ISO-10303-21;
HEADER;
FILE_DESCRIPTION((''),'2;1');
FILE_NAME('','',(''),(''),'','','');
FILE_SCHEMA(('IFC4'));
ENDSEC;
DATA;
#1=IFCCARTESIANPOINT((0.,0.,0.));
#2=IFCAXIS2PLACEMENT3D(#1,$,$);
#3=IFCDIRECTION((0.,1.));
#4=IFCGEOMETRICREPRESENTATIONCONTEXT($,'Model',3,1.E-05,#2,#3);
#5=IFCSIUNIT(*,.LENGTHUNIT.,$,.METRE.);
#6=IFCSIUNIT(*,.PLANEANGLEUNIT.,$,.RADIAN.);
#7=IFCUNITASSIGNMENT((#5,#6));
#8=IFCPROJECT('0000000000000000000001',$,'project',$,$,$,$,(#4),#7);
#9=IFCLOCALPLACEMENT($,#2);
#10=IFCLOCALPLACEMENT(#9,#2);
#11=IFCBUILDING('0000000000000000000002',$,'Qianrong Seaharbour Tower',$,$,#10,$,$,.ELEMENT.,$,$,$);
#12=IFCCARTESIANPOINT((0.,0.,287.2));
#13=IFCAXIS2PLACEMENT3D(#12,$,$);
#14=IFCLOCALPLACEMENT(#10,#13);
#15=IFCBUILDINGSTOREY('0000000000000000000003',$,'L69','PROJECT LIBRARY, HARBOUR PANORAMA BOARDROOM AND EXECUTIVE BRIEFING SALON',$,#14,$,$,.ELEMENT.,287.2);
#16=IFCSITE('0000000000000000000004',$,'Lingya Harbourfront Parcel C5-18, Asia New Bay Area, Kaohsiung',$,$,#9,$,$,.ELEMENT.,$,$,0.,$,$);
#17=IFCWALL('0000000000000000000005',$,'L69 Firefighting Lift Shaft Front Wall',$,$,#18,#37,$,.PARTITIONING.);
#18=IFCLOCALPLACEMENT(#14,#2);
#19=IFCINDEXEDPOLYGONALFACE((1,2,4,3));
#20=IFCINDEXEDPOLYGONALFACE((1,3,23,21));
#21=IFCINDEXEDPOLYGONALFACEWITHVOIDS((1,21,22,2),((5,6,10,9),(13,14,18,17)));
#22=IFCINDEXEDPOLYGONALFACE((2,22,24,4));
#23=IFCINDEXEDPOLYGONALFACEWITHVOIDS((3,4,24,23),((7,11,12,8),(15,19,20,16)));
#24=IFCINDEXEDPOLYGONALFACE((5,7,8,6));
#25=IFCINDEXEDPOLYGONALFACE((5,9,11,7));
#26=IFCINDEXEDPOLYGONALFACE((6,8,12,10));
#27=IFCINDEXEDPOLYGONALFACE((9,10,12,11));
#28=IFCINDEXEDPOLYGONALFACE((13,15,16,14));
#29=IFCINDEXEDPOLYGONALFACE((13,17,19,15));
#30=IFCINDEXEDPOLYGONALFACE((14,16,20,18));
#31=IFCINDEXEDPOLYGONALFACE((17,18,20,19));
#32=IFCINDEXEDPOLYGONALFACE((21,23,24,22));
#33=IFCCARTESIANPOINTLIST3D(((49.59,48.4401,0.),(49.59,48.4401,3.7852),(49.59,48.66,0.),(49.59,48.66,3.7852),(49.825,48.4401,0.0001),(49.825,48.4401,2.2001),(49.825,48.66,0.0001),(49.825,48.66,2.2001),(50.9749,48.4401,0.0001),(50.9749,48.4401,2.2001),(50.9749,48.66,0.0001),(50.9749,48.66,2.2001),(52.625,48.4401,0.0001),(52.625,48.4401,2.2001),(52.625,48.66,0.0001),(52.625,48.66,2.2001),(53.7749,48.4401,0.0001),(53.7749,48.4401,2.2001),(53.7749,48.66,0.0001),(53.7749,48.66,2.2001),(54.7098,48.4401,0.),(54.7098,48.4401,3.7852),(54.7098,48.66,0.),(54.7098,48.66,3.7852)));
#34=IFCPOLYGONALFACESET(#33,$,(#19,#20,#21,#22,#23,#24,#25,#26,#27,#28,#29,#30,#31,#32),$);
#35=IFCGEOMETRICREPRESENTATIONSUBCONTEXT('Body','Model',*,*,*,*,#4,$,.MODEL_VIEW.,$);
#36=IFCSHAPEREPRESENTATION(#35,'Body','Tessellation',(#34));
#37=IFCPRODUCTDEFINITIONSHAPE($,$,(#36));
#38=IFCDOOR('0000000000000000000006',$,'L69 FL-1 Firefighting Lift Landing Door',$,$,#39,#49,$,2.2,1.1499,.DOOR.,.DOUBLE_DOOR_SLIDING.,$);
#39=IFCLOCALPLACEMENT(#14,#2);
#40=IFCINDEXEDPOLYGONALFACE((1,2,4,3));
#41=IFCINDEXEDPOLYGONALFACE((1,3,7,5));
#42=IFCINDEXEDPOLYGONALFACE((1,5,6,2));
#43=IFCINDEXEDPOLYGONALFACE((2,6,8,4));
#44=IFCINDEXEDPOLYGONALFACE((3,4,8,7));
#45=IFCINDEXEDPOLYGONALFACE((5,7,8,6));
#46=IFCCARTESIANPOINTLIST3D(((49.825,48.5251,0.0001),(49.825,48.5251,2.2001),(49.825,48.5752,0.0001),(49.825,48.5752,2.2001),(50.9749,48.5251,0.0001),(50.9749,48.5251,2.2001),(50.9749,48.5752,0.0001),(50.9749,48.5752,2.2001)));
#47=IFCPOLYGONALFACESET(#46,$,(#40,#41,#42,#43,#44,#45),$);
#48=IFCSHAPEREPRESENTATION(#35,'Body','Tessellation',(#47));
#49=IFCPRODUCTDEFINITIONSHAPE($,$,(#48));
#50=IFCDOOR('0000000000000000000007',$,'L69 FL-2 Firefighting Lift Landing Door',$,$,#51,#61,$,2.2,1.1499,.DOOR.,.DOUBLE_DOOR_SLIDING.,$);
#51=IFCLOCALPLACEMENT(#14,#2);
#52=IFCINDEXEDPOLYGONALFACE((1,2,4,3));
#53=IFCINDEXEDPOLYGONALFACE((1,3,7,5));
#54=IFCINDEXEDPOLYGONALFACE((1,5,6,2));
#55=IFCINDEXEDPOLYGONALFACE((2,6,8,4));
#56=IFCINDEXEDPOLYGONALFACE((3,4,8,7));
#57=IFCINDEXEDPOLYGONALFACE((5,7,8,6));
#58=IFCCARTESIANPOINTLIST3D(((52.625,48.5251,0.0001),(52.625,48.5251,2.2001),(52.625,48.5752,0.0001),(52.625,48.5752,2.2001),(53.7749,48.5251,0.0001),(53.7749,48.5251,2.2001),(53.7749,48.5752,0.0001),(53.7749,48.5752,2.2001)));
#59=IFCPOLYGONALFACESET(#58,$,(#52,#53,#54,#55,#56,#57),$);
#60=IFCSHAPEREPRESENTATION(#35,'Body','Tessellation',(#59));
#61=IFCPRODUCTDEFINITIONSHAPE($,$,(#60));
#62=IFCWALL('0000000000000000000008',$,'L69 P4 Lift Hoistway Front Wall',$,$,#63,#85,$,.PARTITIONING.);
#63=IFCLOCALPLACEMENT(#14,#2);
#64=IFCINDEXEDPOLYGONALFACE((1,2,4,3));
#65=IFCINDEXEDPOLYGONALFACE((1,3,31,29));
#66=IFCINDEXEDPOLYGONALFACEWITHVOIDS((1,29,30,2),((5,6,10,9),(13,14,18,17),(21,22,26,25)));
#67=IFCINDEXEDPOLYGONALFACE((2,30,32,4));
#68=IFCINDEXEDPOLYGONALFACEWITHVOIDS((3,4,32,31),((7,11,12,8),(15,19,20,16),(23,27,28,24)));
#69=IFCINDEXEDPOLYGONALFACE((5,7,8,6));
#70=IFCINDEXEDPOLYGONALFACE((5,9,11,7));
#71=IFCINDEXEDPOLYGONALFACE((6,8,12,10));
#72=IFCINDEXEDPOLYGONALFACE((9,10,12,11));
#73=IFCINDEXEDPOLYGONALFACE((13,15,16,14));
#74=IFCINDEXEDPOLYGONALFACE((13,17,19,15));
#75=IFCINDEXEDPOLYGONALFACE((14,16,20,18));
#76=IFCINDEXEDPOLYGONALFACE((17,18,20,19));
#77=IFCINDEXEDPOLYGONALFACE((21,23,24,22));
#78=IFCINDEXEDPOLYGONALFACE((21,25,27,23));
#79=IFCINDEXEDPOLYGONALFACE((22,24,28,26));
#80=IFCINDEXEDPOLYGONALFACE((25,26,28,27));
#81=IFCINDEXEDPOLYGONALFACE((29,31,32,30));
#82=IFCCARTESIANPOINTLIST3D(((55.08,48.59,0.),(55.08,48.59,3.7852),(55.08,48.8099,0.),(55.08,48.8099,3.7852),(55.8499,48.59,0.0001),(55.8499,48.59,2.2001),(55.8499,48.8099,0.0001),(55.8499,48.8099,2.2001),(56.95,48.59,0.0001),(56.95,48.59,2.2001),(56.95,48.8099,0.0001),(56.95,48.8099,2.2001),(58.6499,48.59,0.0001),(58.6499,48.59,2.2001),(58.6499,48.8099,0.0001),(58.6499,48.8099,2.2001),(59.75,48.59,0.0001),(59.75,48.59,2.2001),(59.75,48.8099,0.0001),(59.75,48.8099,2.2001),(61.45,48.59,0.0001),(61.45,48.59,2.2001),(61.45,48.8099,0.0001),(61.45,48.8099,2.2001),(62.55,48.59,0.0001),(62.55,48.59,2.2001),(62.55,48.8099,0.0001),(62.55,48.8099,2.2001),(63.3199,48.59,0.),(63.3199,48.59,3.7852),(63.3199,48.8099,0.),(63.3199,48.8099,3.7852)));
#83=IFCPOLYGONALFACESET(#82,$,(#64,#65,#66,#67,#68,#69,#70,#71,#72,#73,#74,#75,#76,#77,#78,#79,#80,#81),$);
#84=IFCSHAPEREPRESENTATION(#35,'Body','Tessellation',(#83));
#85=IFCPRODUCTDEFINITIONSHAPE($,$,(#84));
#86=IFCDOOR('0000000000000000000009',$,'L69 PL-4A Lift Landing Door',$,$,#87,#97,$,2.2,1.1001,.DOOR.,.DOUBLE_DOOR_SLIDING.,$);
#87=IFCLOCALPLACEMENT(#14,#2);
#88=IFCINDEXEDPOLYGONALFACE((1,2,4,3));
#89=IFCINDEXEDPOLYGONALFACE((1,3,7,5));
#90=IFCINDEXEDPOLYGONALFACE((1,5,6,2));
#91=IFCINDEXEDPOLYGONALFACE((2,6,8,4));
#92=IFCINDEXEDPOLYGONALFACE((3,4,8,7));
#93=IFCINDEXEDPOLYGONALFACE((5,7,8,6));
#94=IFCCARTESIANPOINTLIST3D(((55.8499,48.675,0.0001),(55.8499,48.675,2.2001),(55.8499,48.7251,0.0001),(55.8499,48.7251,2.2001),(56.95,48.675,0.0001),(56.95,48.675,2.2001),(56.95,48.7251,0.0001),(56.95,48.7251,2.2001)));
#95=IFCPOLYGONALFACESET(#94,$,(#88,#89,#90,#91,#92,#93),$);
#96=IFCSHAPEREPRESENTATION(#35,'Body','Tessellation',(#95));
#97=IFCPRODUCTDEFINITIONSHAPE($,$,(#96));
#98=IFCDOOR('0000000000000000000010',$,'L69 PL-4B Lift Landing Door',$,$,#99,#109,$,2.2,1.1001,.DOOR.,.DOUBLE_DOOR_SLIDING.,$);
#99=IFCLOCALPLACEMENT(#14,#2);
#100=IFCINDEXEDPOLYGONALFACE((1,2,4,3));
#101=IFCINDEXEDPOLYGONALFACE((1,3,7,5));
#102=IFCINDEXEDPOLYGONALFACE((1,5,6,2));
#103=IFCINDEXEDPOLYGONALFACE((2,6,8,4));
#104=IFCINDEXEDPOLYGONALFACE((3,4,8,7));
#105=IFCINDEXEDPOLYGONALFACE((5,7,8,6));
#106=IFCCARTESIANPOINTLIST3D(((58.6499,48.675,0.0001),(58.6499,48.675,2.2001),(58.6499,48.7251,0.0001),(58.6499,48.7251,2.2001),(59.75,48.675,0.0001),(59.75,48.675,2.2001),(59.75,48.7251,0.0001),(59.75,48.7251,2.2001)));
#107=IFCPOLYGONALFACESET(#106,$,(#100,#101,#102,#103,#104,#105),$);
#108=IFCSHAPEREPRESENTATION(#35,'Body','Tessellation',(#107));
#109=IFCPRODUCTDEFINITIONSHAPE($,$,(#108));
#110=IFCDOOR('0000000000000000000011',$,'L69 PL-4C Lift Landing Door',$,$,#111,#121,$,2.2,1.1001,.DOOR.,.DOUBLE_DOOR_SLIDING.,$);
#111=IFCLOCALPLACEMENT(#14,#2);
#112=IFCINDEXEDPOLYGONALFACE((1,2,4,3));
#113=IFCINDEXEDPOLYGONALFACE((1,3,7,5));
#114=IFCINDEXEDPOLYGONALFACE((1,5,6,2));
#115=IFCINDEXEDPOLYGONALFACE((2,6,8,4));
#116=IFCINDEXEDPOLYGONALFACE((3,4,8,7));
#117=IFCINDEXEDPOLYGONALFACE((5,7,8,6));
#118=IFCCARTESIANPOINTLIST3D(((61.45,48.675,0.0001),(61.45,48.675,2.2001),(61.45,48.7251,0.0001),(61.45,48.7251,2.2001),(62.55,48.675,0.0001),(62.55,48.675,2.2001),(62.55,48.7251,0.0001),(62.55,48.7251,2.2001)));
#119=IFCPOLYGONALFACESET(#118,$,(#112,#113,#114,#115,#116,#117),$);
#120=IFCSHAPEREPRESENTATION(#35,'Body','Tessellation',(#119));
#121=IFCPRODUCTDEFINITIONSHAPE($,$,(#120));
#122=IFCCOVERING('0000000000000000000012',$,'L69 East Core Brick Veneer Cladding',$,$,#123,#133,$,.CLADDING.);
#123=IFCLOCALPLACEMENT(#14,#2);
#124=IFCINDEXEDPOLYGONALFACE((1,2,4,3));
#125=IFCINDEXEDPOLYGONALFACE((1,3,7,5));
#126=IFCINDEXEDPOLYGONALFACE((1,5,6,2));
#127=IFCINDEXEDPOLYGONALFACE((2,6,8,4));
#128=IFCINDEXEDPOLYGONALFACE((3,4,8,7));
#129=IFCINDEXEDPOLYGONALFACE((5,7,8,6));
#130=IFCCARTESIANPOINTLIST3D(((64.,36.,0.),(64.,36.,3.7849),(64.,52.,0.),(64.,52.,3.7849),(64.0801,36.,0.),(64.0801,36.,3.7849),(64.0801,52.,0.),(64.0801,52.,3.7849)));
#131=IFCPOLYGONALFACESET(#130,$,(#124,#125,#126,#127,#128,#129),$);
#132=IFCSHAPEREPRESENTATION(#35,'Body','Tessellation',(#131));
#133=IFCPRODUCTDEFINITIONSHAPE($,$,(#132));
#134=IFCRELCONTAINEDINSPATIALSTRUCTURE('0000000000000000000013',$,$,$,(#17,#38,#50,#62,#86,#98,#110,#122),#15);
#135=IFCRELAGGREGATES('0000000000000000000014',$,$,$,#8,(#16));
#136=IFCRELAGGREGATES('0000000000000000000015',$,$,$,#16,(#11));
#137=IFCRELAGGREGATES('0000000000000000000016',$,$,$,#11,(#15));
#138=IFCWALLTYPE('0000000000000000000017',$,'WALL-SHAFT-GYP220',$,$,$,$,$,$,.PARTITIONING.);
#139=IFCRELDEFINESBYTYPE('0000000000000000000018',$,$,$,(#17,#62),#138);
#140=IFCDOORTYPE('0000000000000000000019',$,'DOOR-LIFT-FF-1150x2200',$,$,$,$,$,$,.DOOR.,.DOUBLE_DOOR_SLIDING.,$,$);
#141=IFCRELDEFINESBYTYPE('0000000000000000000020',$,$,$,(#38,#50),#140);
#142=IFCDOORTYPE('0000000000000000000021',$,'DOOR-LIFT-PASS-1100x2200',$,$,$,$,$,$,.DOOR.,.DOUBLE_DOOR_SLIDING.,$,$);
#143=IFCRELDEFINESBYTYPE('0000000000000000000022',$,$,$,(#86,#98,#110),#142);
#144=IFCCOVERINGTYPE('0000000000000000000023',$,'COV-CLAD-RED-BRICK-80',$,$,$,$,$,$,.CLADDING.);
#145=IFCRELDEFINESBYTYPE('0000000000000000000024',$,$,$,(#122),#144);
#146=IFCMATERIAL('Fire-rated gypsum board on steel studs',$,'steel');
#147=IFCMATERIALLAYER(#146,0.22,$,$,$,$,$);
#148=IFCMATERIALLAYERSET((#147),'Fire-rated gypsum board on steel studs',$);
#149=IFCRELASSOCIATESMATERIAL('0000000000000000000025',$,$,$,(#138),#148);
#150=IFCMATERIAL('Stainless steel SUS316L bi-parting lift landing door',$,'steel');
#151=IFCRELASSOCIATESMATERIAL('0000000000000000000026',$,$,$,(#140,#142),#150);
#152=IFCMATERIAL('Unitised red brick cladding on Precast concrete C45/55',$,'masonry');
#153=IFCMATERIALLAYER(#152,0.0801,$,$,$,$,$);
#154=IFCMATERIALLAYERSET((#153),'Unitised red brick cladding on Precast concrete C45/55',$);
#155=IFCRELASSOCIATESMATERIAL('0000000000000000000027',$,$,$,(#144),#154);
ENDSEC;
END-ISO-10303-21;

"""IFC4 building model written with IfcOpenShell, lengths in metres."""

from ifc_helpers import new_model, si_unit, direction, frame, frame_2d, origin, origin_2d, place, context, subcontext, project, spatial, rectangle, extrude, material, layer, layer_set, type_object, element, fill, save


model = new_model("IFC4")

# Units and contexts
model_context = context("Model", 3, precision=1e-05, world=origin(), true_north=direction((0.0, 1.0)))
body_context = subcontext(model_context, "Body", "Model", "MODEL_VIEW")
ifc_project = project(units=[si_unit("LENGTHUNIT", "METRE"), si_unit("PLANEANGLEUNIT", "RADIAN")], contexts=[model_context])

# Site, building, storey
site_placement = place(None, origin())
site = spatial("IfcSite", under=ifc_project, at=site_placement, Name="Lingya Harbourfront Parcel C5-18, Asia New Bay Area, Kaohsiung", CompositionType="ELEMENT", RefElevation=0.0)
building_placement = place(site_placement, origin())
building = spatial("IfcBuilding", under=site, at=building_placement, Name="Qianrong Seaharbour Tower", CompositionType="ELEMENT")
storey_placement = place(building_placement, frame((0.0, 0.0, 287.2)))
storey = spatial("IfcBuildingStorey", under=building, at=storey_placement, Name="L69", Description="PROJECT LIBRARY, HARBOUR PANORAMA BOARDROOM AND EXECUTIVE BRIEFING SALON", CompositionType="ELEMENT", Elevation=287.2)

# Shared definitions
ifc_material_1 = material(Name="Fire-rated gypsum board on steel studs", Category="steel")

# Walls, openings, doors
ifc_layer_1 = layer(ifc_material_1, 0.22)
ifc_layer_set_1 = layer_set([ifc_layer_1], Name="Fire-rated gypsum board on steel studs")
wall_type_1 = type_object("IfcWallType", Name="WALL-SHAFT-GYP220", PredefinedType="PARTITIONING", material=ifc_layer_set_1)
wall_1_placement = place(storey_placement, frame((54.71, 48.55, 0.0), z_axis=(0.0, 0.0, 1.0), x_axis=(-1.0, 0.0, 0.0)))
wall_1 = element("IfcWall", 1, at=wall_1_placement, inside=storey, type_object=wall_type_1, Name="L69 Firefighting Lift Shaft Front Wall", PredefinedType="PARTITIONING", context=body_context, shape_type="SweptSolid", body=[
    extrude(rectangle(XDim=5.1199, YDim=0.22, at=frame_2d((2.5601, 0.0))), origin(), (0.0, 0.0, 1.0), 3.7852),
])
opening_1_placement = place(wall_1_placement, frame((3.7351, 0.0, 0.0)))
opening_1 = element("IfcOpeningElement", 2, at=opening_1_placement, cuts=wall_1, PredefinedType="OPENING", context=body_context, shape_type="SweptSolid", body=[
    extrude(rectangle(XDim=1.1499, YDim=2.2, at=frame_2d((0.575, 1.1001))), frame((0.0, 0.1201, 0.0), z_axis=(0.0, -1.0, 0.0), x_axis=(1.0, 0.0, 0.0)), (0.0, 0.0, 1.0), 0.24),
])
opening_2_placement = place(wall_1_placement, frame((0.9351, 0.0, 0.0)))
opening_2 = element("IfcOpeningElement", 3, at=opening_2_placement, cuts=wall_1, PredefinedType="OPENING", context=body_context, shape_type="SweptSolid", body=[
    extrude(rectangle(XDim=1.1499, YDim=2.2, at=frame_2d((0.575, 1.1001))), frame((0.0, 0.1201, 0.0), z_axis=(0.0, -1.0, 0.0), x_axis=(1.0, 0.0, 0.0)), (0.0, 0.0, 1.0), 0.24),
])
ifc_material_2 = material(Name="Stainless steel SUS316L bi-parting lift landing door", Category="steel")
door_type_1 = type_object("IfcDoorType", Name="DOOR-LIFT-FF-1150x2200", OperationType="DOUBLE_DOOR_SLIDING", PredefinedType="DOOR", material=ifc_material_2)
door_1_placement = place(opening_1_placement, origin())
door_1 = element("IfcDoor", 4, at=door_1_placement, inside=storey, type_object=door_type_1, Name="L69 FL-1 Firefighting Lift Landing Door", OperationType="DOUBLE_DOOR_SLIDING", OverallHeight=2.2, OverallWidth=1.1499, PredefinedType="DOOR", context=body_context, shape_type="SweptSolid", body=[
    extrude(rectangle(XDim=1.1499, YDim=2.2, at=frame_2d((0.575, 1.1001))), frame((0.0, 0.0249, 0.0), z_axis=(0.0, -1.0, 0.0), x_axis=(1.0, 0.0, 0.0)), (0.0, 0.0, 1.0), 0.05),
])
fill(opening_1, door_1)
door_2_placement = place(opening_2_placement, origin())
door_2 = element("IfcDoor", 5, at=door_2_placement, inside=storey, type_object=door_type_1, Name="L69 FL-2 Firefighting Lift Landing Door", OperationType="DOUBLE_DOOR_SLIDING", OverallHeight=2.2, OverallWidth=1.1499, PredefinedType="DOOR", context=body_context, shape_type="SweptSolid", body=[
    extrude(rectangle(XDim=1.1499, YDim=2.2, at=frame_2d((0.575, 1.1001))), frame((0.0, 0.0249, 0.0), z_axis=(0.0, -1.0, 0.0), x_axis=(1.0, 0.0, 0.0)), (0.0, 0.0, 1.0), 0.05),
])
fill(opening_2, door_2)
wall_2_placement = place(storey_placement, frame((63.3201, 48.7, 0.0), z_axis=(0.0, 0.0, 1.0), x_axis=(-1.0, 0.0, 0.0)))
wall_2 = element("IfcWall", 6, at=wall_2_placement, inside=storey, type_object=wall_type_1, Name="L69 P4 Lift Hoistway Front Wall", PredefinedType="PARTITIONING", context=body_context, shape_type="SweptSolid", body=[
    extrude(rectangle(XDim=8.24, YDim=0.22, at=frame_2d((4.1201, 0.0))), origin(), (0.0, 0.0, 1.0), 3.7852),
])
opening_3_placement = place(wall_2_placement, frame((6.3701, 0.0, 0.0)))
opening_3 = element("IfcOpeningElement", 7, at=opening_3_placement, cuts=wall_2, PredefinedType="OPENING", context=body_context, shape_type="SweptSolid", body=[
    extrude(rectangle(XDim=1.1001, YDim=2.2, at=frame_2d((0.55, 1.1001))), frame((0.0, 0.1201, 0.0), z_axis=(0.0, -1.0, 0.0), x_axis=(1.0, 0.0, 0.0)), (0.0, 0.0, 1.0), 0.24),
])
opening_4_placement = place(wall_2_placement, frame((3.5701, 0.0, 0.0)))
opening_4 = element("IfcOpeningElement", 8, at=opening_4_placement, cuts=wall_2, PredefinedType="OPENING", context=body_context, shape_type="SweptSolid", body=[
    extrude(rectangle(XDim=1.1001, YDim=2.2, at=frame_2d((0.55, 1.1001))), frame((0.0, 0.1201, 0.0), z_axis=(0.0, -1.0, 0.0), x_axis=(1.0, 0.0, 0.0)), (0.0, 0.0, 1.0), 0.24),
])
opening_5_placement = place(wall_2_placement, frame((0.77, 0.0, 0.0)))
opening_5 = element("IfcOpeningElement", 9, at=opening_5_placement, cuts=wall_2, PredefinedType="OPENING", context=body_context, shape_type="SweptSolid", body=[
    extrude(rectangle(XDim=1.1001, YDim=2.2, at=frame_2d((0.55, 1.1001))), frame((0.0, 0.1201, 0.0), z_axis=(0.0, -1.0, 0.0), x_axis=(1.0, 0.0, 0.0)), (0.0, 0.0, 1.0), 0.24),
])
door_type_2 = type_object("IfcDoorType", Name="DOOR-LIFT-PASS-1100x2200", OperationType="DOUBLE_DOOR_SLIDING", PredefinedType="DOOR", material=ifc_material_2)
door_3_placement = place(opening_3_placement, origin())
door_3 = element("IfcDoor", 10, at=door_3_placement, inside=storey, type_object=door_type_2, Name="L69 PL-4A Lift Landing Door", OperationType="DOUBLE_DOOR_SLIDING", OverallHeight=2.2, OverallWidth=1.1001, PredefinedType="DOOR", context=body_context, shape_type="SweptSolid", body=[
    extrude(rectangle(XDim=1.1001, YDim=2.2, at=frame_2d((0.55, 1.1001))), frame((0.0, 0.0249, 0.0), z_axis=(0.0, -1.0, 0.0), x_axis=(1.0, 0.0, 0.0)), (0.0, 0.0, 1.0), 0.05),
])
fill(opening_3, door_3)
door_4_placement = place(opening_4_placement, origin())
door_4 = element("IfcDoor", 11, at=door_4_placement, inside=storey, type_object=door_type_2, Name="L69 PL-4B Lift Landing Door", OperationType="DOUBLE_DOOR_SLIDING", OverallHeight=2.2, OverallWidth=1.1001, PredefinedType="DOOR", context=body_context, shape_type="SweptSolid", body=[
    extrude(rectangle(XDim=1.1001, YDim=2.2, at=frame_2d((0.55, 1.1001))), frame((0.0, 0.0249, 0.0), z_axis=(0.0, -1.0, 0.0), x_axis=(1.0, 0.0, 0.0)), (0.0, 0.0, 1.0), 0.05),
])
fill(opening_4, door_4)
door_5_placement = place(opening_5_placement, origin())
door_5 = element("IfcDoor", 12, at=door_5_placement, inside=storey, type_object=door_type_2, Name="L69 PL-4C Lift Landing Door", OperationType="DOUBLE_DOOR_SLIDING", OverallHeight=2.2, OverallWidth=1.1001, PredefinedType="DOOR", context=body_context, shape_type="SweptSolid", body=[
    extrude(rectangle(XDim=1.1001, YDim=2.2, at=frame_2d((0.55, 1.1001))), frame((0.0, 0.0249, 0.0), z_axis=(0.0, -1.0, 0.0), x_axis=(1.0, 0.0, 0.0)), (0.0, 0.0, 1.0), 0.05),
])
fill(opening_5, door_5)

# Covering
ifc_material_3 = material(Name="Unitised red brick cladding on Precast concrete C45/55", Category="masonry")
ifc_layer_2 = layer(ifc_material_3, 0.0801)
ifc_layer_set_2 = layer_set([ifc_layer_2], Name="Unitised red brick cladding on Precast concrete C45/55")
covering_type = type_object("IfcCoveringType", Name="COV-CLAD-RED-BRICK-80", PredefinedType="CLADDING", material=ifc_layer_set_2)
covering_placement = place(storey_placement, frame((64.04, 44.0, 0.0), z_axis=(0.0, 0.0, 1.0), x_axis=(1.0, 0.0, 0.0)))
element("IfcCovering", 13, at=covering_placement, inside=storey, type_object=covering_type, Name="L69 East Core Brick Veneer Cladding", PredefinedType="CLADDING", context=body_context, shape_type="SweptSolid", body=[
    extrude(rectangle(XDim=0.0801, YDim=16.0, at=origin_2d()), origin(), (0.0, 0.0, 1.0), 3.7849),
])

save(model, "model.ifc")
